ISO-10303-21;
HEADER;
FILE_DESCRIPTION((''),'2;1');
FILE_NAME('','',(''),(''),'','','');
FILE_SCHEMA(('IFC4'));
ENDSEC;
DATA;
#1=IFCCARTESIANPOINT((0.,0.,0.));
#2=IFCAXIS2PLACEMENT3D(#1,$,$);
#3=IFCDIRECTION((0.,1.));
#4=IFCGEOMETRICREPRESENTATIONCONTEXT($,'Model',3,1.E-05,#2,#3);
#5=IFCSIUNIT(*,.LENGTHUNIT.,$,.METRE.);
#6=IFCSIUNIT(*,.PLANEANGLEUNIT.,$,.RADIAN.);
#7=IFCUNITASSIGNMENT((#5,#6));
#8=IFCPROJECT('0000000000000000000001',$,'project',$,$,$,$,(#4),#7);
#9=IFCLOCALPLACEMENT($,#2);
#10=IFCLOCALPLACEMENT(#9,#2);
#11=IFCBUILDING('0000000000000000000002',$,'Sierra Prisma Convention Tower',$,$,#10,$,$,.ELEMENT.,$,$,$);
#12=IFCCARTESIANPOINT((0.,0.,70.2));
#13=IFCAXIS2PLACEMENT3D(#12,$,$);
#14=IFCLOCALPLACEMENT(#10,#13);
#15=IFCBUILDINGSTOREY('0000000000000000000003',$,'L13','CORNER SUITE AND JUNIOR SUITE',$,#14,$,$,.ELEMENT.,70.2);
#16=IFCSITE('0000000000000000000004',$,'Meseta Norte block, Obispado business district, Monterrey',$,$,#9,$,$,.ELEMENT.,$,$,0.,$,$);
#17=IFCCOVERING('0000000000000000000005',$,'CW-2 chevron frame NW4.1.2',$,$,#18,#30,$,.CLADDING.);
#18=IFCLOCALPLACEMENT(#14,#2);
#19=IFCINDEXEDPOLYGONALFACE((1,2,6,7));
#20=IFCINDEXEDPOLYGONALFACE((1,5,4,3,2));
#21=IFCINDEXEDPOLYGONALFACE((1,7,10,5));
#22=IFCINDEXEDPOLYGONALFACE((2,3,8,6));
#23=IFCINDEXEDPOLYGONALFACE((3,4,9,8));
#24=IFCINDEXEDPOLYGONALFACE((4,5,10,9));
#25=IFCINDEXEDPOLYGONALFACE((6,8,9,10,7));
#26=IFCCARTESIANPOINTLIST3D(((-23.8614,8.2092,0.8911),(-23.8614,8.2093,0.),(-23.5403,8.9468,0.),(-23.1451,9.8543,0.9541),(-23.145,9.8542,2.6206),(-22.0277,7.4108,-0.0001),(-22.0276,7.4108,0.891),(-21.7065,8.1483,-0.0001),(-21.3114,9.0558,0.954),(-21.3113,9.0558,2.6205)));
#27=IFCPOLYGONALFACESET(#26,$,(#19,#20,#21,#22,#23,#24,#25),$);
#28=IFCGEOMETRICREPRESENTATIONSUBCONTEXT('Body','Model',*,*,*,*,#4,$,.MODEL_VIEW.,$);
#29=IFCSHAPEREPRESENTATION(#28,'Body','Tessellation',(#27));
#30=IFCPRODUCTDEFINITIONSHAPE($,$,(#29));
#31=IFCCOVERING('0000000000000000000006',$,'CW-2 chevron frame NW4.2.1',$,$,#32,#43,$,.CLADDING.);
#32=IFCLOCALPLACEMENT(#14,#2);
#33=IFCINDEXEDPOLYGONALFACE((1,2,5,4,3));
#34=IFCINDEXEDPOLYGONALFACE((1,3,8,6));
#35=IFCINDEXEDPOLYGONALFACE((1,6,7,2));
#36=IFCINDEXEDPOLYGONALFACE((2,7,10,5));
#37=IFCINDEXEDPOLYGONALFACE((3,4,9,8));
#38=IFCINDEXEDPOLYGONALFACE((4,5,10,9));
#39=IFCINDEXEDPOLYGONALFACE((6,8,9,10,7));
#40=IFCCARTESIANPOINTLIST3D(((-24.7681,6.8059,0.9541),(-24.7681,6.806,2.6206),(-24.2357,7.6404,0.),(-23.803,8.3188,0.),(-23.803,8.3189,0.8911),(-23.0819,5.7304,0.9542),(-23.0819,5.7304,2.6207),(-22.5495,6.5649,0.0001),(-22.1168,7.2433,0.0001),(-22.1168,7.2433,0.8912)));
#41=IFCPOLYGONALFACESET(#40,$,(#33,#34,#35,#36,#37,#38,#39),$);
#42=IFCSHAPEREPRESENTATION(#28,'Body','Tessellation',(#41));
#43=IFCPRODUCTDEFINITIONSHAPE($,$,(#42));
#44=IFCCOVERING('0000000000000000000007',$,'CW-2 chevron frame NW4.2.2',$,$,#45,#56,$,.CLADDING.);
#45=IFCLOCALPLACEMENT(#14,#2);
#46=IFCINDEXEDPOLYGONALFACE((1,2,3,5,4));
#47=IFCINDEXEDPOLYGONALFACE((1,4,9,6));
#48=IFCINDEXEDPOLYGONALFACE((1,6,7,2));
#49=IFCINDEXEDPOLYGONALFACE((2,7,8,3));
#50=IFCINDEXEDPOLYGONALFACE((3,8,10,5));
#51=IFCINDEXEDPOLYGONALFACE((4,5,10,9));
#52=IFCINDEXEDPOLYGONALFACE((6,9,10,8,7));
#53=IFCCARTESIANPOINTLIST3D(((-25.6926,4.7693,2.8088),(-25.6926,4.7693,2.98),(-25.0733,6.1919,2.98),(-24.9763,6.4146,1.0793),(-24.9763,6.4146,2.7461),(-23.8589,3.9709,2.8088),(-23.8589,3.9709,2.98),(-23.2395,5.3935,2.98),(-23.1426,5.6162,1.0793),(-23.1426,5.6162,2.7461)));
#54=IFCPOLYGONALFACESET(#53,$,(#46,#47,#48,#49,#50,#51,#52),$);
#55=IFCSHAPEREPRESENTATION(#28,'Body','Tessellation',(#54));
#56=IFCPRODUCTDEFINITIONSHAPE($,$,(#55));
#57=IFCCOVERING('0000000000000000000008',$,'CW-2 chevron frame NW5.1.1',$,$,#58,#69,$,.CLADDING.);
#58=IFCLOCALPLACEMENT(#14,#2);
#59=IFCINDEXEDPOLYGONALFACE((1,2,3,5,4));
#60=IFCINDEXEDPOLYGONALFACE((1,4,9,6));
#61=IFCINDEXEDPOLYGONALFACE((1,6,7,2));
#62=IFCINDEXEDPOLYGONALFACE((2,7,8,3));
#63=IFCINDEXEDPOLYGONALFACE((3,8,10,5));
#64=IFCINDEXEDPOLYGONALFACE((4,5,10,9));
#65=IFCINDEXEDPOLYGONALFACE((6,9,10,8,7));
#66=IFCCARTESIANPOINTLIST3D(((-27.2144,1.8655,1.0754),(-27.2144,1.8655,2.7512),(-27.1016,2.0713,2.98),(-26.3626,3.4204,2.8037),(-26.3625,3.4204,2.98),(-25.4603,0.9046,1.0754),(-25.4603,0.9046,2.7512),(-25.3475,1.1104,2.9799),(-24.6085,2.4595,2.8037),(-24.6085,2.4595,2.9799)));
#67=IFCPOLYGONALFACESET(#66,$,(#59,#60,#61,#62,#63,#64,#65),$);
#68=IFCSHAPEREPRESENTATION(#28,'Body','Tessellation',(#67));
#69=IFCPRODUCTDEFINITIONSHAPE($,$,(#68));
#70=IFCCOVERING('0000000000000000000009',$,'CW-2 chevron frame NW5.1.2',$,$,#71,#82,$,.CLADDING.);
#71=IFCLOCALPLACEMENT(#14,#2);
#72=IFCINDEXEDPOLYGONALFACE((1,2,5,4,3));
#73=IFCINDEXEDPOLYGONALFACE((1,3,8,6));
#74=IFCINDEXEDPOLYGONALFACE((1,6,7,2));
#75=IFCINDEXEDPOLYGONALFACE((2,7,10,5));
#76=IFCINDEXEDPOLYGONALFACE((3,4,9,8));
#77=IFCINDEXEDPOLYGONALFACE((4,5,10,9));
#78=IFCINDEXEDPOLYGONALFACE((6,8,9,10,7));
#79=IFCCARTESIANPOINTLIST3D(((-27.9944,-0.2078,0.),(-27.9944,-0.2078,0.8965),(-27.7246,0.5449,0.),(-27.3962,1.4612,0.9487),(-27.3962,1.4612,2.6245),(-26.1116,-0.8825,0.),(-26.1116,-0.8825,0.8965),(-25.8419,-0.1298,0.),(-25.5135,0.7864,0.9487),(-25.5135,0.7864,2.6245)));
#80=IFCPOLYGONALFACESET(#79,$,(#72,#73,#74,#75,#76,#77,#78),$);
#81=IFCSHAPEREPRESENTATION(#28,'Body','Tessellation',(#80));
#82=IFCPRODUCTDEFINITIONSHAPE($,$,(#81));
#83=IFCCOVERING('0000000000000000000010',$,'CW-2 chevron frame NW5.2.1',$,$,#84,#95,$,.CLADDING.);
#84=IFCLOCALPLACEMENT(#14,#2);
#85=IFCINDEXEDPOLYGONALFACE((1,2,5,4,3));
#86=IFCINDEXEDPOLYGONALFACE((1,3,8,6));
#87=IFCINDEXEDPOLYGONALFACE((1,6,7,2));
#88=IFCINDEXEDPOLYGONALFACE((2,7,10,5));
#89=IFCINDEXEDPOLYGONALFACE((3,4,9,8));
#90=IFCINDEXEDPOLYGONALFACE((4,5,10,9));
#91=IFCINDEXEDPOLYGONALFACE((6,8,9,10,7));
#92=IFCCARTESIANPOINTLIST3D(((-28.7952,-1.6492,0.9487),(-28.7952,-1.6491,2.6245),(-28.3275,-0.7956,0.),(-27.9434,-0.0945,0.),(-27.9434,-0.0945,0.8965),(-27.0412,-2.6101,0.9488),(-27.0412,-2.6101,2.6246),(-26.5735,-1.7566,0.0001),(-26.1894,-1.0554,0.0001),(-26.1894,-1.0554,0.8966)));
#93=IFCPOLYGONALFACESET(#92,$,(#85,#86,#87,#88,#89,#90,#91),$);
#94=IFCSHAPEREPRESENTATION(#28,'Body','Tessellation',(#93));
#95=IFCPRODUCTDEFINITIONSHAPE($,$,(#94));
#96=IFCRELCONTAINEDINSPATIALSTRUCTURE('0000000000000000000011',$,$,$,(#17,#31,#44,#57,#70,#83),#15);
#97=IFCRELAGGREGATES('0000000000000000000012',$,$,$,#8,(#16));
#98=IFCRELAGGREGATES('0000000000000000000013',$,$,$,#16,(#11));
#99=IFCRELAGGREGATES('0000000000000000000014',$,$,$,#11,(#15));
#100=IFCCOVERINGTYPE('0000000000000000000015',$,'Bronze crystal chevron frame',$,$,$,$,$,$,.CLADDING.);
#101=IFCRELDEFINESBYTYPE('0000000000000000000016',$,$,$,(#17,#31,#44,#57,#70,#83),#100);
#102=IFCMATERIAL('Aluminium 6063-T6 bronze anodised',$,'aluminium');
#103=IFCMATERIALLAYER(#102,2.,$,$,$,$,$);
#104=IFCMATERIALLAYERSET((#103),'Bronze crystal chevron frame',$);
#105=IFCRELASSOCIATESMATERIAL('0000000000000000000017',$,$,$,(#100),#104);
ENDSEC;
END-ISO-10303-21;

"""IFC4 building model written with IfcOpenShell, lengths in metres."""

from ifc_helpers import new_model, si_unit, direction, frame, origin, place, context, subcontext, project, spatial, polyline, outline, extrude, material, layer, layer_set, type_object, element, save


model = new_model("IFC4")

# Units and contexts
model_context = context("Model", 3, precision=1e-05, world=origin(), true_north=direction((0.0, 1.0)))
body_context = subcontext(model_context, "Body", "Model", "MODEL_VIEW")
ifc_project = project(units=[si_unit("LENGTHUNIT", "METRE"), si_unit("PLANEANGLEUNIT", "RADIAN")], contexts=[model_context])

# Site, building, storey
site_placement = place(None, origin())
site = spatial("IfcSite", under=ifc_project, at=site_placement, Name="Meseta Norte block, Obispado business district, Monterrey", CompositionType="ELEMENT", RefElevation=0.0)
building_placement = place(site_placement, origin())
building = spatial("IfcBuilding", under=site, at=building_placement, Name="Sierra Prisma Convention Tower", CompositionType="ELEMENT")
storey_placement = place(building_placement, frame((0.0, 0.0, 70.2)))
storey = spatial("IfcBuildingStorey", under=building, at=storey_placement, Name="L13", Description="CORNER SUITE AND JUNIOR SUITE", CompositionType="ELEMENT", Elevation=70.2)

# Coverings
ifc_material_1 = material(Name="Aluminium 6063-T6 bronze anodised", Category="aluminium")
ifc_layer_1 = layer(ifc_material_1, 2.0)
ifc_layer_set_1 = layer_set([ifc_layer_1], Name="Bronze crystal chevron frame")
covering_type = type_object("IfcCoveringType", Name="Bronze crystal chevron frame", PredefinedType="CLADDING", material=ifc_layer_set_1)
covering_1_placement = place(storey_placement, frame((-23.145, 9.8542, 2.6206), z_axis=(-0.916857, 0.399217, 0.000035), x_axis=(-0.000032, 0.000014, -1.0)))
element("IfcCovering", 1, at=covering_1_placement, inside=storey, type_object=covering_type, Name="CW-2 chevron frame NW4.1.2", PredefinedType="CLADDING", context=body_context, shape_type="SweptSolid", body=[
    extrude(outline(polyline([(0.0, 0.0), (1.6665, 0.0), (2.6206, 0.9898), (2.6206, 1.7942), (1.7295, 1.7942), (0.0, 0.0)])), origin(), (0.0, 0.0, -1.0), 2.0),
])
covering_2_placement = place(storey_placement, frame((-23.803, 8.3188, 0.0), z_axis=(-0.843092, 0.537769, -0.000048), x_axis=(-0.537769, -0.843092, 0.0)))
element("IfcCovering", 2, at=covering_2_placement, inside=storey, type_object=covering_type, Name="CW-2 chevron frame NW4.2.1", PredefinedType="CLADDING", context=body_context, shape_type="SweptSolid", body=[
    extrude(outline(polyline([(0.0, 0.0), (0.8047, 0.0), (1.7945, 0.9541), (1.7945, 2.6206), (0.0, 0.8911), (0.0, 0.0)])), origin(), (0.0, 0.0, -1.0), 2.0),
])
covering_3_placement = place(storey_placement, frame((-25.6926, 4.7693, 2.98), z_axis=(-0.916871, 0.399185, 0.000007), x_axis=(0.399185, 0.916871, 0.0)))
element("IfcCovering", 3, at=covering_3_placement, inside=storey, type_object=covering_type, Name="CW-2 chevron frame NW4.2.2", PredefinedType="CLADDING", context=body_context, shape_type="SweptSolid", body=[
    extrude(outline(polyline([(0.0, 0.0), (1.5516, 0.0), (1.7944, 0.2339), (1.7944, 1.9006), (0.0, 0.1711), (0.0, 0.0)])), origin(), (0.0, 0.0, -1.0), 2.0),
])
covering_4_placement = place(storey_placement, frame((-26.3625, 3.4204, 2.98), z_axis=(-0.877027, 0.480441, 0.000021), x_axis=(-0.000018, 0.00001, -1.0)))
element("IfcCovering", 4, at=covering_4_placement, inside=storey, type_object=covering_type, Name="CW-2 chevron frame NW5.1.1", PredefinedType="CLADDING", context=body_context, shape_type="SweptSolid", body=[
    extrude(outline(polyline([(0.0, 0.0), (0.1763, 0.0), (1.9045, 1.773), (0.2288, 1.773), (0.0, 1.5383), (0.0, 0.0)])), origin(), (0.0, 0.0, -1.0), 2.0),
])
covering_5_placement = place(storey_placement, frame((-27.3962, 1.4612, 2.6245), z_axis=(-0.941367, 0.337385, -0.000005), x_axis=(0.000005, -0.000002, -1.0)))
element("IfcCovering", 5, at=covering_5_placement, inside=storey, type_object=covering_type, Name="CW-2 chevron frame NW5.1.2", PredefinedType="CLADDING", context=body_context, shape_type="SweptSolid", body=[
    extrude(outline(polyline([(0.0, 0.0), (1.6758, 0.0), (2.6245, 0.9733), (2.6245, 1.7729), (1.728, 1.7729), (0.0, 0.0)])), origin(), (0.0, 0.0, -1.0), 2.0),
])
covering_6_placement = place(storey_placement, frame((-27.9434, -0.0945, 0.0), z_axis=(-0.877004, 0.480483, -0.00004), x_axis=(-0.480483, -0.877004, 0.0)))
element("IfcCovering", 6, at=covering_6_placement, inside=storey, type_object=covering_type, Name="CW-2 chevron frame NW5.2.1", PredefinedType="CLADDING", context=body_context, shape_type="SweptSolid", body=[
    extrude(outline(polyline([(0.0, 0.0), (0.7995, 0.0), (1.7727, 0.9487), (1.7727, 2.6245), (0.0, 0.8965), (0.0, 0.0)])), origin(), (0.0, 0.0, -1.0), 2.0),
])

save(model, "model.ifc")
